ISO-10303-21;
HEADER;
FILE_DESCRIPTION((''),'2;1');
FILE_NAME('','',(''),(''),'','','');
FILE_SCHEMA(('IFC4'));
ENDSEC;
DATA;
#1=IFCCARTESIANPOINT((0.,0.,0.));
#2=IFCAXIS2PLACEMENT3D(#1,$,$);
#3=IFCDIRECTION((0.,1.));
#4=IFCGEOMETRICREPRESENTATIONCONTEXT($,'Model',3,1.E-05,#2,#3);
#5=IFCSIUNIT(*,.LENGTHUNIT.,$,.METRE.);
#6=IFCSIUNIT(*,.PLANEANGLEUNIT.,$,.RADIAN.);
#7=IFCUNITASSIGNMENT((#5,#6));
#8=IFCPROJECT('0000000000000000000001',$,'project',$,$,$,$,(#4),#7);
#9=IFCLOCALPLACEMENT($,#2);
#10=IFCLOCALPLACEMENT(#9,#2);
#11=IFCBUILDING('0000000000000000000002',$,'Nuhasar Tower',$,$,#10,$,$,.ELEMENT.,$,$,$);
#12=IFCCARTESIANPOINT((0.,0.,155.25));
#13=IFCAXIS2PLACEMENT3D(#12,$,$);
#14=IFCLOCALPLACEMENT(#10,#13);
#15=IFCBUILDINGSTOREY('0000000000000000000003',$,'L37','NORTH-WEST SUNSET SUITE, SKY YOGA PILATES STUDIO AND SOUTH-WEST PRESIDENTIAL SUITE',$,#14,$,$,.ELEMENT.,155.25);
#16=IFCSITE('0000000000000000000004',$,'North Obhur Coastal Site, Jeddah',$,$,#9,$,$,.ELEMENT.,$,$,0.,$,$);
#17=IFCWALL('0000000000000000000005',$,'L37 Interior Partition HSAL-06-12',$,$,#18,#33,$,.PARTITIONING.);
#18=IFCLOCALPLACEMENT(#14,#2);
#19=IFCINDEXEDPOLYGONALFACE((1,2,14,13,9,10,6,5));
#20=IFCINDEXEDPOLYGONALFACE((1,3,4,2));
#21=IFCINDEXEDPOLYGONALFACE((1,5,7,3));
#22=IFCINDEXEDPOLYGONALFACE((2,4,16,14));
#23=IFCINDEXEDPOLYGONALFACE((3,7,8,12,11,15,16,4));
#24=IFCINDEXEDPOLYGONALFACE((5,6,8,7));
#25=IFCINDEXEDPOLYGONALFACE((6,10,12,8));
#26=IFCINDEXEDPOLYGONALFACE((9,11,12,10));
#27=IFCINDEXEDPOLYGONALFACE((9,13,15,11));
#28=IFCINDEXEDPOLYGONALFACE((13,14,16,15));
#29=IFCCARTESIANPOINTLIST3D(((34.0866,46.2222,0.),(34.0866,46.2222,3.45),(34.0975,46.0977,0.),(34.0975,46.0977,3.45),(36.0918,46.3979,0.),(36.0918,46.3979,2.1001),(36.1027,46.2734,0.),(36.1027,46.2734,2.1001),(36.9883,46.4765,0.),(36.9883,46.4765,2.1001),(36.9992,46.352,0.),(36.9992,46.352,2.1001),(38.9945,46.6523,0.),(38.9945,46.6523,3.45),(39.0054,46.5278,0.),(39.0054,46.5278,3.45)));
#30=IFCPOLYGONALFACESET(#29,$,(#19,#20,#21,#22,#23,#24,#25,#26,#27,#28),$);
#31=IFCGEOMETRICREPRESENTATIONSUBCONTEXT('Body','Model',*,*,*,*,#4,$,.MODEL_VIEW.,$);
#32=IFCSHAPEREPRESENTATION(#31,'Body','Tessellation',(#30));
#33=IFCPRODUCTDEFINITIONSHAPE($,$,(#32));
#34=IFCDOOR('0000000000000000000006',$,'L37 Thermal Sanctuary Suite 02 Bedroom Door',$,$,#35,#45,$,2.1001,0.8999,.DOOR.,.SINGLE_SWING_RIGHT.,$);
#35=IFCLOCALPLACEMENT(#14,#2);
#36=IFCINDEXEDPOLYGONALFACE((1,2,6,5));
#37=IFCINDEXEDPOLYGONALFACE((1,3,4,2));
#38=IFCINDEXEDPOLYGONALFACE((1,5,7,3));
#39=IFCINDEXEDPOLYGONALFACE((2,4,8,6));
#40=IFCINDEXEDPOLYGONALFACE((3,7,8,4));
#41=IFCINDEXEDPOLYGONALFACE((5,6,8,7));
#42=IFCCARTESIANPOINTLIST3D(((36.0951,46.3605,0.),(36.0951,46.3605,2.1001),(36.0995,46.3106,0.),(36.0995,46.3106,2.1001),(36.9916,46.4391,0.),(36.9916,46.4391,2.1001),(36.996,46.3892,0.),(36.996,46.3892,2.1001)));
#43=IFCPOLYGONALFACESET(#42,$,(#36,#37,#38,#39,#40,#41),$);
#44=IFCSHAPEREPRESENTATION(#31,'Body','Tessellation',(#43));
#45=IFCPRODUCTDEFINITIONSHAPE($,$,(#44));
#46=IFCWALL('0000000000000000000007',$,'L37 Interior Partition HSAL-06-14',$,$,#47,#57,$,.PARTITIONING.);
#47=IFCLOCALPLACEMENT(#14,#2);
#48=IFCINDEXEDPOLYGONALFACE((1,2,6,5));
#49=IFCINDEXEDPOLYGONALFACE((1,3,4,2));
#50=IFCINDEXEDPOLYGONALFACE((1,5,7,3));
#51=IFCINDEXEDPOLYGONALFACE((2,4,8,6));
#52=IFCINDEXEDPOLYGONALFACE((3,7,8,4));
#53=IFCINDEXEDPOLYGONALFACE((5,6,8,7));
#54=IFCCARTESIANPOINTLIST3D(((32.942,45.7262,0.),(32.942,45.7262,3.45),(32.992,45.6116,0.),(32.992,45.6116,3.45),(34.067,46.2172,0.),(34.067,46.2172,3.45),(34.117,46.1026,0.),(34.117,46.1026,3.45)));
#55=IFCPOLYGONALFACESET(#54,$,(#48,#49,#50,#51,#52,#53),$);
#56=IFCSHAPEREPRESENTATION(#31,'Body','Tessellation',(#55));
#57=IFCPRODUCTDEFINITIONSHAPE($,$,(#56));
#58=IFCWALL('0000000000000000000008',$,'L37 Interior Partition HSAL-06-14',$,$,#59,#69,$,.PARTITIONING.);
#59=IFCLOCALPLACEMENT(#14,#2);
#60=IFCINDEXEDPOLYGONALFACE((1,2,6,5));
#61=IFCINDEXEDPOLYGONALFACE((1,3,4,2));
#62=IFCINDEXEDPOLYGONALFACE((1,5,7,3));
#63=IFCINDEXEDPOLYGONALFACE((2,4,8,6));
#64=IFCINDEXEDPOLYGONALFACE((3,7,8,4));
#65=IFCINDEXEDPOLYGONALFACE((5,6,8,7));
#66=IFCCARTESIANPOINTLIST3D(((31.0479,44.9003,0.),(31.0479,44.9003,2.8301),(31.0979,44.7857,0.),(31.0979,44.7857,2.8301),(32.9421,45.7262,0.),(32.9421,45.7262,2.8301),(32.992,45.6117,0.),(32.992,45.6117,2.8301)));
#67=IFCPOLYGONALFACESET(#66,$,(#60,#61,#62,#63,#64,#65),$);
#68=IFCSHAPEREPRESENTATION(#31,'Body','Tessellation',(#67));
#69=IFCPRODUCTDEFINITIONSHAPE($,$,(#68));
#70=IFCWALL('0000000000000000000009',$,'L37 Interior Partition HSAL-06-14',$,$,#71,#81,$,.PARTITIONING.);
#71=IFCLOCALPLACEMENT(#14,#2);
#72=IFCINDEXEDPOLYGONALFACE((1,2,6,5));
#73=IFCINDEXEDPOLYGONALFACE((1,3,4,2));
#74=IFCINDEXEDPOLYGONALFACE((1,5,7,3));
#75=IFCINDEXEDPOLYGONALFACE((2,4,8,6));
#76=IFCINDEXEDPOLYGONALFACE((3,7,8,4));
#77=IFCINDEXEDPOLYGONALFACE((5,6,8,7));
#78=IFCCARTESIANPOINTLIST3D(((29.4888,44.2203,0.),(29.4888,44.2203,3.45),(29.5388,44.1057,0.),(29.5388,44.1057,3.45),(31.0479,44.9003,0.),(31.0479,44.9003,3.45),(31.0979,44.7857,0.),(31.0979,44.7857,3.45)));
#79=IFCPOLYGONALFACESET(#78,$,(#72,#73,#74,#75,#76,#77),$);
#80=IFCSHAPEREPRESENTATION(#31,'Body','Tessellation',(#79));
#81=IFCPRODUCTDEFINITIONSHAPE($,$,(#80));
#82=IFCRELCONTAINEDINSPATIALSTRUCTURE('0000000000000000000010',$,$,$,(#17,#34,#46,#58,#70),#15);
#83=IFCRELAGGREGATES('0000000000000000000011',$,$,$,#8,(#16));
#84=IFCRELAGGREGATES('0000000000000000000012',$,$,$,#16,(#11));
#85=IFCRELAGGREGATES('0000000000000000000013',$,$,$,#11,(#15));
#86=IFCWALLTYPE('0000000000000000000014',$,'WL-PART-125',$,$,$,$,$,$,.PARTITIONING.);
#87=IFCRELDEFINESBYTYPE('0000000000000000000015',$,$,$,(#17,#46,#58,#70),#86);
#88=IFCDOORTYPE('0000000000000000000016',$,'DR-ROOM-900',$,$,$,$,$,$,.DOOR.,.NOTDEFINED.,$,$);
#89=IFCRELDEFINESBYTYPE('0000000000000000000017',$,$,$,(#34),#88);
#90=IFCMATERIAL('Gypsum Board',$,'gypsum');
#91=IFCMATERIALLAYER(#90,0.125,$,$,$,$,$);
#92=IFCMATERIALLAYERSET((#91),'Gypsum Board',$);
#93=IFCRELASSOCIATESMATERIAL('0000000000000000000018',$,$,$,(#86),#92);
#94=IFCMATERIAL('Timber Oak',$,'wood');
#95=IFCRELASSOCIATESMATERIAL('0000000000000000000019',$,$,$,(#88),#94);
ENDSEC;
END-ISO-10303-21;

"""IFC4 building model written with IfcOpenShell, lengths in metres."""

from ifc_helpers import new_model, si_unit, direction, frame, frame_2d, origin, place, context, subcontext, project, spatial, rectangle, extrude, material, layer, layer_set, type_object, element, fill, save


model = new_model("IFC4")

# Units and contexts
model_context = context("Model", 3, precision=1e-05, world=origin(), true_north=direction((0.0, 1.0)))
body_context = subcontext(model_context, "Body", "Model", "MODEL_VIEW")
ifc_project = project(units=[si_unit("LENGTHUNIT", "METRE"), si_unit("PLANEANGLEUNIT", "RADIAN")], contexts=[model_context])

# Site, building, storey
site_placement = place(None, origin())
site = spatial("IfcSite", under=ifc_project, at=site_placement, Name="North Obhur Coastal Site, Jeddah", CompositionType="ELEMENT", RefElevation=0.0)
building_placement = place(site_placement, origin())
building = spatial("IfcBuilding", under=site, at=building_placement, Name="Nuhasar Tower", CompositionType="ELEMENT")
storey_placement = place(building_placement, frame((0.0, 0.0, 155.25)))
storey = spatial("IfcBuildingStorey", under=building, at=storey_placement, Name="L37", Description="NORTH-WEST SUNSET SUITE, SKY YOGA PILATES STUDIO AND SOUTH-WEST PRESIDENTIAL SUITE", CompositionType="ELEMENT", Elevation=155.25)

# Shared definitions
ifc_material_1 = material(Name="Gypsum Board", Category="gypsum")
ifc_material_2 = material(Name="Timber Oak", Category="wood")

# Wall, opening, door
ifc_layer_1 = layer(ifc_material_1, 0.125)
ifc_layer_set_1 = layer_set([ifc_layer_1], Name="Gypsum Board")
wall_type_1 = type_object("IfcWallType", Name="WL-PART-125", PredefinedType="PARTITIONING", material=ifc_layer_set_1)
wall_1_placement = place(storey_placement, frame((34.092, 46.1599, 0.0), z_axis=(0.0, 0.0, 1.0), x_axis=(0.996181, 0.087314, 0.0)))
wall_1 = element("IfcWall", 1, at=wall_1_placement, inside=storey, type_object=wall_type_1, Name="L37 Interior Partition HSAL-06-12", PredefinedType="PARTITIONING", context=body_context, shape_type="SweptSolid", body=[
    extrude(rectangle(XDim=4.9268, YDim=0.125, at=frame_2d((2.4634, 0.0))), origin(), (0.0, 0.0, 1.0), 3.45),
])
opening_1_placement = place(wall_1_placement, frame((2.0129, 0.0, 0.0)))
opening_1 = element("IfcOpeningElement", 2, at=opening_1_placement, cuts=wall_1, PredefinedType="OPENING", context=body_context, shape_type="SweptSolid", body=[
    extrude(rectangle(XDim=0.8999, YDim=2.1001, at=frame_2d((0.45, 1.05))), frame((0.0, 0.0725, 0.0), z_axis=(0.0, -1.0, 0.0), x_axis=(1.0, 0.0, 0.0)), (0.0, 0.0, 1.0), 0.145),
])
door_type_1 = type_object("IfcDoorType", Name="DR-ROOM-900", OperationType="NOTDEFINED", PredefinedType="DOOR", material=ifc_material_2)
door_1_placement = place(opening_1_placement, origin())
door_1 = element("IfcDoor", 3, at=door_1_placement, inside=storey, type_object=door_type_1, Name="L37 Thermal Sanctuary Suite 02 Bedroom Door", OperationType="SINGLE_SWING_RIGHT", OverallHeight=2.1001, OverallWidth=0.8999, PredefinedType="DOOR", context=body_context, shape_type="SweptSolid", body=[
    extrude(rectangle(XDim=0.8999, YDim=2.1001, at=frame_2d((0.45, 1.05))), frame((0.0, 0.0249, 0.0), z_axis=(0.0, -1.0, 0.0), x_axis=(1.0, 0.0, 0.0)), (0.0, 0.0, 1.0), 0.05),
])
fill(opening_1, door_1)

# Walls
wall_2_placement = place(storey_placement, frame((34.092, 46.1599, 0.0), z_axis=(0.0, 0.0, 1.0), x_axis=(-0.916522, -0.399984, 0.0)))
element("IfcWall", 4, at=wall_2_placement, inside=storey, type_object=wall_type_1, Name="L37 Interior Partition HSAL-06-14", PredefinedType="PARTITIONING", context=body_context, shape_type="SweptSolid", body=[
    extrude(rectangle(XDim=1.2275, YDim=0.125, at=frame_2d((0.6138, 0.0))), origin(), (0.0, 0.0, 1.0), 3.45),
])
wall_3_placement = place(storey_placement, frame((32.967, 45.6689, 0.0), z_axis=(0.0, 0.0, 1.0), x_axis=(-0.916639, -0.399715, 0.0)))
element("IfcWall", 5, at=wall_3_placement, inside=storey, type_object=wall_type_1, Name="L37 Interior Partition HSAL-06-14", PredefinedType="PARTITIONING", context=body_context, shape_type="SweptSolid", body=[
    extrude(rectangle(XDim=2.0664, YDim=0.125, at=frame_2d((1.0332, 0.0))), origin(), (0.0, 0.0, 1.0), 2.8301),
])
wall_4_placement = place(storey_placement, frame((31.073, 44.843, 0.0), z_axis=(0.0, 0.0, 1.0), x_axis=(-0.916624, -0.399749, 0.0)))
element("IfcWall", 6, at=wall_4_placement, inside=storey, type_object=wall_type_1, Name="L37 Interior Partition HSAL-06-14", PredefinedType="PARTITIONING", context=body_context, shape_type="SweptSolid", body=[
    extrude(rectangle(XDim=1.7009, YDim=0.125, at=frame_2d((0.8506, 0.0))), origin(), (0.0, 0.0, 1.0), 3.45),
])

save(model, "model.ifc")
